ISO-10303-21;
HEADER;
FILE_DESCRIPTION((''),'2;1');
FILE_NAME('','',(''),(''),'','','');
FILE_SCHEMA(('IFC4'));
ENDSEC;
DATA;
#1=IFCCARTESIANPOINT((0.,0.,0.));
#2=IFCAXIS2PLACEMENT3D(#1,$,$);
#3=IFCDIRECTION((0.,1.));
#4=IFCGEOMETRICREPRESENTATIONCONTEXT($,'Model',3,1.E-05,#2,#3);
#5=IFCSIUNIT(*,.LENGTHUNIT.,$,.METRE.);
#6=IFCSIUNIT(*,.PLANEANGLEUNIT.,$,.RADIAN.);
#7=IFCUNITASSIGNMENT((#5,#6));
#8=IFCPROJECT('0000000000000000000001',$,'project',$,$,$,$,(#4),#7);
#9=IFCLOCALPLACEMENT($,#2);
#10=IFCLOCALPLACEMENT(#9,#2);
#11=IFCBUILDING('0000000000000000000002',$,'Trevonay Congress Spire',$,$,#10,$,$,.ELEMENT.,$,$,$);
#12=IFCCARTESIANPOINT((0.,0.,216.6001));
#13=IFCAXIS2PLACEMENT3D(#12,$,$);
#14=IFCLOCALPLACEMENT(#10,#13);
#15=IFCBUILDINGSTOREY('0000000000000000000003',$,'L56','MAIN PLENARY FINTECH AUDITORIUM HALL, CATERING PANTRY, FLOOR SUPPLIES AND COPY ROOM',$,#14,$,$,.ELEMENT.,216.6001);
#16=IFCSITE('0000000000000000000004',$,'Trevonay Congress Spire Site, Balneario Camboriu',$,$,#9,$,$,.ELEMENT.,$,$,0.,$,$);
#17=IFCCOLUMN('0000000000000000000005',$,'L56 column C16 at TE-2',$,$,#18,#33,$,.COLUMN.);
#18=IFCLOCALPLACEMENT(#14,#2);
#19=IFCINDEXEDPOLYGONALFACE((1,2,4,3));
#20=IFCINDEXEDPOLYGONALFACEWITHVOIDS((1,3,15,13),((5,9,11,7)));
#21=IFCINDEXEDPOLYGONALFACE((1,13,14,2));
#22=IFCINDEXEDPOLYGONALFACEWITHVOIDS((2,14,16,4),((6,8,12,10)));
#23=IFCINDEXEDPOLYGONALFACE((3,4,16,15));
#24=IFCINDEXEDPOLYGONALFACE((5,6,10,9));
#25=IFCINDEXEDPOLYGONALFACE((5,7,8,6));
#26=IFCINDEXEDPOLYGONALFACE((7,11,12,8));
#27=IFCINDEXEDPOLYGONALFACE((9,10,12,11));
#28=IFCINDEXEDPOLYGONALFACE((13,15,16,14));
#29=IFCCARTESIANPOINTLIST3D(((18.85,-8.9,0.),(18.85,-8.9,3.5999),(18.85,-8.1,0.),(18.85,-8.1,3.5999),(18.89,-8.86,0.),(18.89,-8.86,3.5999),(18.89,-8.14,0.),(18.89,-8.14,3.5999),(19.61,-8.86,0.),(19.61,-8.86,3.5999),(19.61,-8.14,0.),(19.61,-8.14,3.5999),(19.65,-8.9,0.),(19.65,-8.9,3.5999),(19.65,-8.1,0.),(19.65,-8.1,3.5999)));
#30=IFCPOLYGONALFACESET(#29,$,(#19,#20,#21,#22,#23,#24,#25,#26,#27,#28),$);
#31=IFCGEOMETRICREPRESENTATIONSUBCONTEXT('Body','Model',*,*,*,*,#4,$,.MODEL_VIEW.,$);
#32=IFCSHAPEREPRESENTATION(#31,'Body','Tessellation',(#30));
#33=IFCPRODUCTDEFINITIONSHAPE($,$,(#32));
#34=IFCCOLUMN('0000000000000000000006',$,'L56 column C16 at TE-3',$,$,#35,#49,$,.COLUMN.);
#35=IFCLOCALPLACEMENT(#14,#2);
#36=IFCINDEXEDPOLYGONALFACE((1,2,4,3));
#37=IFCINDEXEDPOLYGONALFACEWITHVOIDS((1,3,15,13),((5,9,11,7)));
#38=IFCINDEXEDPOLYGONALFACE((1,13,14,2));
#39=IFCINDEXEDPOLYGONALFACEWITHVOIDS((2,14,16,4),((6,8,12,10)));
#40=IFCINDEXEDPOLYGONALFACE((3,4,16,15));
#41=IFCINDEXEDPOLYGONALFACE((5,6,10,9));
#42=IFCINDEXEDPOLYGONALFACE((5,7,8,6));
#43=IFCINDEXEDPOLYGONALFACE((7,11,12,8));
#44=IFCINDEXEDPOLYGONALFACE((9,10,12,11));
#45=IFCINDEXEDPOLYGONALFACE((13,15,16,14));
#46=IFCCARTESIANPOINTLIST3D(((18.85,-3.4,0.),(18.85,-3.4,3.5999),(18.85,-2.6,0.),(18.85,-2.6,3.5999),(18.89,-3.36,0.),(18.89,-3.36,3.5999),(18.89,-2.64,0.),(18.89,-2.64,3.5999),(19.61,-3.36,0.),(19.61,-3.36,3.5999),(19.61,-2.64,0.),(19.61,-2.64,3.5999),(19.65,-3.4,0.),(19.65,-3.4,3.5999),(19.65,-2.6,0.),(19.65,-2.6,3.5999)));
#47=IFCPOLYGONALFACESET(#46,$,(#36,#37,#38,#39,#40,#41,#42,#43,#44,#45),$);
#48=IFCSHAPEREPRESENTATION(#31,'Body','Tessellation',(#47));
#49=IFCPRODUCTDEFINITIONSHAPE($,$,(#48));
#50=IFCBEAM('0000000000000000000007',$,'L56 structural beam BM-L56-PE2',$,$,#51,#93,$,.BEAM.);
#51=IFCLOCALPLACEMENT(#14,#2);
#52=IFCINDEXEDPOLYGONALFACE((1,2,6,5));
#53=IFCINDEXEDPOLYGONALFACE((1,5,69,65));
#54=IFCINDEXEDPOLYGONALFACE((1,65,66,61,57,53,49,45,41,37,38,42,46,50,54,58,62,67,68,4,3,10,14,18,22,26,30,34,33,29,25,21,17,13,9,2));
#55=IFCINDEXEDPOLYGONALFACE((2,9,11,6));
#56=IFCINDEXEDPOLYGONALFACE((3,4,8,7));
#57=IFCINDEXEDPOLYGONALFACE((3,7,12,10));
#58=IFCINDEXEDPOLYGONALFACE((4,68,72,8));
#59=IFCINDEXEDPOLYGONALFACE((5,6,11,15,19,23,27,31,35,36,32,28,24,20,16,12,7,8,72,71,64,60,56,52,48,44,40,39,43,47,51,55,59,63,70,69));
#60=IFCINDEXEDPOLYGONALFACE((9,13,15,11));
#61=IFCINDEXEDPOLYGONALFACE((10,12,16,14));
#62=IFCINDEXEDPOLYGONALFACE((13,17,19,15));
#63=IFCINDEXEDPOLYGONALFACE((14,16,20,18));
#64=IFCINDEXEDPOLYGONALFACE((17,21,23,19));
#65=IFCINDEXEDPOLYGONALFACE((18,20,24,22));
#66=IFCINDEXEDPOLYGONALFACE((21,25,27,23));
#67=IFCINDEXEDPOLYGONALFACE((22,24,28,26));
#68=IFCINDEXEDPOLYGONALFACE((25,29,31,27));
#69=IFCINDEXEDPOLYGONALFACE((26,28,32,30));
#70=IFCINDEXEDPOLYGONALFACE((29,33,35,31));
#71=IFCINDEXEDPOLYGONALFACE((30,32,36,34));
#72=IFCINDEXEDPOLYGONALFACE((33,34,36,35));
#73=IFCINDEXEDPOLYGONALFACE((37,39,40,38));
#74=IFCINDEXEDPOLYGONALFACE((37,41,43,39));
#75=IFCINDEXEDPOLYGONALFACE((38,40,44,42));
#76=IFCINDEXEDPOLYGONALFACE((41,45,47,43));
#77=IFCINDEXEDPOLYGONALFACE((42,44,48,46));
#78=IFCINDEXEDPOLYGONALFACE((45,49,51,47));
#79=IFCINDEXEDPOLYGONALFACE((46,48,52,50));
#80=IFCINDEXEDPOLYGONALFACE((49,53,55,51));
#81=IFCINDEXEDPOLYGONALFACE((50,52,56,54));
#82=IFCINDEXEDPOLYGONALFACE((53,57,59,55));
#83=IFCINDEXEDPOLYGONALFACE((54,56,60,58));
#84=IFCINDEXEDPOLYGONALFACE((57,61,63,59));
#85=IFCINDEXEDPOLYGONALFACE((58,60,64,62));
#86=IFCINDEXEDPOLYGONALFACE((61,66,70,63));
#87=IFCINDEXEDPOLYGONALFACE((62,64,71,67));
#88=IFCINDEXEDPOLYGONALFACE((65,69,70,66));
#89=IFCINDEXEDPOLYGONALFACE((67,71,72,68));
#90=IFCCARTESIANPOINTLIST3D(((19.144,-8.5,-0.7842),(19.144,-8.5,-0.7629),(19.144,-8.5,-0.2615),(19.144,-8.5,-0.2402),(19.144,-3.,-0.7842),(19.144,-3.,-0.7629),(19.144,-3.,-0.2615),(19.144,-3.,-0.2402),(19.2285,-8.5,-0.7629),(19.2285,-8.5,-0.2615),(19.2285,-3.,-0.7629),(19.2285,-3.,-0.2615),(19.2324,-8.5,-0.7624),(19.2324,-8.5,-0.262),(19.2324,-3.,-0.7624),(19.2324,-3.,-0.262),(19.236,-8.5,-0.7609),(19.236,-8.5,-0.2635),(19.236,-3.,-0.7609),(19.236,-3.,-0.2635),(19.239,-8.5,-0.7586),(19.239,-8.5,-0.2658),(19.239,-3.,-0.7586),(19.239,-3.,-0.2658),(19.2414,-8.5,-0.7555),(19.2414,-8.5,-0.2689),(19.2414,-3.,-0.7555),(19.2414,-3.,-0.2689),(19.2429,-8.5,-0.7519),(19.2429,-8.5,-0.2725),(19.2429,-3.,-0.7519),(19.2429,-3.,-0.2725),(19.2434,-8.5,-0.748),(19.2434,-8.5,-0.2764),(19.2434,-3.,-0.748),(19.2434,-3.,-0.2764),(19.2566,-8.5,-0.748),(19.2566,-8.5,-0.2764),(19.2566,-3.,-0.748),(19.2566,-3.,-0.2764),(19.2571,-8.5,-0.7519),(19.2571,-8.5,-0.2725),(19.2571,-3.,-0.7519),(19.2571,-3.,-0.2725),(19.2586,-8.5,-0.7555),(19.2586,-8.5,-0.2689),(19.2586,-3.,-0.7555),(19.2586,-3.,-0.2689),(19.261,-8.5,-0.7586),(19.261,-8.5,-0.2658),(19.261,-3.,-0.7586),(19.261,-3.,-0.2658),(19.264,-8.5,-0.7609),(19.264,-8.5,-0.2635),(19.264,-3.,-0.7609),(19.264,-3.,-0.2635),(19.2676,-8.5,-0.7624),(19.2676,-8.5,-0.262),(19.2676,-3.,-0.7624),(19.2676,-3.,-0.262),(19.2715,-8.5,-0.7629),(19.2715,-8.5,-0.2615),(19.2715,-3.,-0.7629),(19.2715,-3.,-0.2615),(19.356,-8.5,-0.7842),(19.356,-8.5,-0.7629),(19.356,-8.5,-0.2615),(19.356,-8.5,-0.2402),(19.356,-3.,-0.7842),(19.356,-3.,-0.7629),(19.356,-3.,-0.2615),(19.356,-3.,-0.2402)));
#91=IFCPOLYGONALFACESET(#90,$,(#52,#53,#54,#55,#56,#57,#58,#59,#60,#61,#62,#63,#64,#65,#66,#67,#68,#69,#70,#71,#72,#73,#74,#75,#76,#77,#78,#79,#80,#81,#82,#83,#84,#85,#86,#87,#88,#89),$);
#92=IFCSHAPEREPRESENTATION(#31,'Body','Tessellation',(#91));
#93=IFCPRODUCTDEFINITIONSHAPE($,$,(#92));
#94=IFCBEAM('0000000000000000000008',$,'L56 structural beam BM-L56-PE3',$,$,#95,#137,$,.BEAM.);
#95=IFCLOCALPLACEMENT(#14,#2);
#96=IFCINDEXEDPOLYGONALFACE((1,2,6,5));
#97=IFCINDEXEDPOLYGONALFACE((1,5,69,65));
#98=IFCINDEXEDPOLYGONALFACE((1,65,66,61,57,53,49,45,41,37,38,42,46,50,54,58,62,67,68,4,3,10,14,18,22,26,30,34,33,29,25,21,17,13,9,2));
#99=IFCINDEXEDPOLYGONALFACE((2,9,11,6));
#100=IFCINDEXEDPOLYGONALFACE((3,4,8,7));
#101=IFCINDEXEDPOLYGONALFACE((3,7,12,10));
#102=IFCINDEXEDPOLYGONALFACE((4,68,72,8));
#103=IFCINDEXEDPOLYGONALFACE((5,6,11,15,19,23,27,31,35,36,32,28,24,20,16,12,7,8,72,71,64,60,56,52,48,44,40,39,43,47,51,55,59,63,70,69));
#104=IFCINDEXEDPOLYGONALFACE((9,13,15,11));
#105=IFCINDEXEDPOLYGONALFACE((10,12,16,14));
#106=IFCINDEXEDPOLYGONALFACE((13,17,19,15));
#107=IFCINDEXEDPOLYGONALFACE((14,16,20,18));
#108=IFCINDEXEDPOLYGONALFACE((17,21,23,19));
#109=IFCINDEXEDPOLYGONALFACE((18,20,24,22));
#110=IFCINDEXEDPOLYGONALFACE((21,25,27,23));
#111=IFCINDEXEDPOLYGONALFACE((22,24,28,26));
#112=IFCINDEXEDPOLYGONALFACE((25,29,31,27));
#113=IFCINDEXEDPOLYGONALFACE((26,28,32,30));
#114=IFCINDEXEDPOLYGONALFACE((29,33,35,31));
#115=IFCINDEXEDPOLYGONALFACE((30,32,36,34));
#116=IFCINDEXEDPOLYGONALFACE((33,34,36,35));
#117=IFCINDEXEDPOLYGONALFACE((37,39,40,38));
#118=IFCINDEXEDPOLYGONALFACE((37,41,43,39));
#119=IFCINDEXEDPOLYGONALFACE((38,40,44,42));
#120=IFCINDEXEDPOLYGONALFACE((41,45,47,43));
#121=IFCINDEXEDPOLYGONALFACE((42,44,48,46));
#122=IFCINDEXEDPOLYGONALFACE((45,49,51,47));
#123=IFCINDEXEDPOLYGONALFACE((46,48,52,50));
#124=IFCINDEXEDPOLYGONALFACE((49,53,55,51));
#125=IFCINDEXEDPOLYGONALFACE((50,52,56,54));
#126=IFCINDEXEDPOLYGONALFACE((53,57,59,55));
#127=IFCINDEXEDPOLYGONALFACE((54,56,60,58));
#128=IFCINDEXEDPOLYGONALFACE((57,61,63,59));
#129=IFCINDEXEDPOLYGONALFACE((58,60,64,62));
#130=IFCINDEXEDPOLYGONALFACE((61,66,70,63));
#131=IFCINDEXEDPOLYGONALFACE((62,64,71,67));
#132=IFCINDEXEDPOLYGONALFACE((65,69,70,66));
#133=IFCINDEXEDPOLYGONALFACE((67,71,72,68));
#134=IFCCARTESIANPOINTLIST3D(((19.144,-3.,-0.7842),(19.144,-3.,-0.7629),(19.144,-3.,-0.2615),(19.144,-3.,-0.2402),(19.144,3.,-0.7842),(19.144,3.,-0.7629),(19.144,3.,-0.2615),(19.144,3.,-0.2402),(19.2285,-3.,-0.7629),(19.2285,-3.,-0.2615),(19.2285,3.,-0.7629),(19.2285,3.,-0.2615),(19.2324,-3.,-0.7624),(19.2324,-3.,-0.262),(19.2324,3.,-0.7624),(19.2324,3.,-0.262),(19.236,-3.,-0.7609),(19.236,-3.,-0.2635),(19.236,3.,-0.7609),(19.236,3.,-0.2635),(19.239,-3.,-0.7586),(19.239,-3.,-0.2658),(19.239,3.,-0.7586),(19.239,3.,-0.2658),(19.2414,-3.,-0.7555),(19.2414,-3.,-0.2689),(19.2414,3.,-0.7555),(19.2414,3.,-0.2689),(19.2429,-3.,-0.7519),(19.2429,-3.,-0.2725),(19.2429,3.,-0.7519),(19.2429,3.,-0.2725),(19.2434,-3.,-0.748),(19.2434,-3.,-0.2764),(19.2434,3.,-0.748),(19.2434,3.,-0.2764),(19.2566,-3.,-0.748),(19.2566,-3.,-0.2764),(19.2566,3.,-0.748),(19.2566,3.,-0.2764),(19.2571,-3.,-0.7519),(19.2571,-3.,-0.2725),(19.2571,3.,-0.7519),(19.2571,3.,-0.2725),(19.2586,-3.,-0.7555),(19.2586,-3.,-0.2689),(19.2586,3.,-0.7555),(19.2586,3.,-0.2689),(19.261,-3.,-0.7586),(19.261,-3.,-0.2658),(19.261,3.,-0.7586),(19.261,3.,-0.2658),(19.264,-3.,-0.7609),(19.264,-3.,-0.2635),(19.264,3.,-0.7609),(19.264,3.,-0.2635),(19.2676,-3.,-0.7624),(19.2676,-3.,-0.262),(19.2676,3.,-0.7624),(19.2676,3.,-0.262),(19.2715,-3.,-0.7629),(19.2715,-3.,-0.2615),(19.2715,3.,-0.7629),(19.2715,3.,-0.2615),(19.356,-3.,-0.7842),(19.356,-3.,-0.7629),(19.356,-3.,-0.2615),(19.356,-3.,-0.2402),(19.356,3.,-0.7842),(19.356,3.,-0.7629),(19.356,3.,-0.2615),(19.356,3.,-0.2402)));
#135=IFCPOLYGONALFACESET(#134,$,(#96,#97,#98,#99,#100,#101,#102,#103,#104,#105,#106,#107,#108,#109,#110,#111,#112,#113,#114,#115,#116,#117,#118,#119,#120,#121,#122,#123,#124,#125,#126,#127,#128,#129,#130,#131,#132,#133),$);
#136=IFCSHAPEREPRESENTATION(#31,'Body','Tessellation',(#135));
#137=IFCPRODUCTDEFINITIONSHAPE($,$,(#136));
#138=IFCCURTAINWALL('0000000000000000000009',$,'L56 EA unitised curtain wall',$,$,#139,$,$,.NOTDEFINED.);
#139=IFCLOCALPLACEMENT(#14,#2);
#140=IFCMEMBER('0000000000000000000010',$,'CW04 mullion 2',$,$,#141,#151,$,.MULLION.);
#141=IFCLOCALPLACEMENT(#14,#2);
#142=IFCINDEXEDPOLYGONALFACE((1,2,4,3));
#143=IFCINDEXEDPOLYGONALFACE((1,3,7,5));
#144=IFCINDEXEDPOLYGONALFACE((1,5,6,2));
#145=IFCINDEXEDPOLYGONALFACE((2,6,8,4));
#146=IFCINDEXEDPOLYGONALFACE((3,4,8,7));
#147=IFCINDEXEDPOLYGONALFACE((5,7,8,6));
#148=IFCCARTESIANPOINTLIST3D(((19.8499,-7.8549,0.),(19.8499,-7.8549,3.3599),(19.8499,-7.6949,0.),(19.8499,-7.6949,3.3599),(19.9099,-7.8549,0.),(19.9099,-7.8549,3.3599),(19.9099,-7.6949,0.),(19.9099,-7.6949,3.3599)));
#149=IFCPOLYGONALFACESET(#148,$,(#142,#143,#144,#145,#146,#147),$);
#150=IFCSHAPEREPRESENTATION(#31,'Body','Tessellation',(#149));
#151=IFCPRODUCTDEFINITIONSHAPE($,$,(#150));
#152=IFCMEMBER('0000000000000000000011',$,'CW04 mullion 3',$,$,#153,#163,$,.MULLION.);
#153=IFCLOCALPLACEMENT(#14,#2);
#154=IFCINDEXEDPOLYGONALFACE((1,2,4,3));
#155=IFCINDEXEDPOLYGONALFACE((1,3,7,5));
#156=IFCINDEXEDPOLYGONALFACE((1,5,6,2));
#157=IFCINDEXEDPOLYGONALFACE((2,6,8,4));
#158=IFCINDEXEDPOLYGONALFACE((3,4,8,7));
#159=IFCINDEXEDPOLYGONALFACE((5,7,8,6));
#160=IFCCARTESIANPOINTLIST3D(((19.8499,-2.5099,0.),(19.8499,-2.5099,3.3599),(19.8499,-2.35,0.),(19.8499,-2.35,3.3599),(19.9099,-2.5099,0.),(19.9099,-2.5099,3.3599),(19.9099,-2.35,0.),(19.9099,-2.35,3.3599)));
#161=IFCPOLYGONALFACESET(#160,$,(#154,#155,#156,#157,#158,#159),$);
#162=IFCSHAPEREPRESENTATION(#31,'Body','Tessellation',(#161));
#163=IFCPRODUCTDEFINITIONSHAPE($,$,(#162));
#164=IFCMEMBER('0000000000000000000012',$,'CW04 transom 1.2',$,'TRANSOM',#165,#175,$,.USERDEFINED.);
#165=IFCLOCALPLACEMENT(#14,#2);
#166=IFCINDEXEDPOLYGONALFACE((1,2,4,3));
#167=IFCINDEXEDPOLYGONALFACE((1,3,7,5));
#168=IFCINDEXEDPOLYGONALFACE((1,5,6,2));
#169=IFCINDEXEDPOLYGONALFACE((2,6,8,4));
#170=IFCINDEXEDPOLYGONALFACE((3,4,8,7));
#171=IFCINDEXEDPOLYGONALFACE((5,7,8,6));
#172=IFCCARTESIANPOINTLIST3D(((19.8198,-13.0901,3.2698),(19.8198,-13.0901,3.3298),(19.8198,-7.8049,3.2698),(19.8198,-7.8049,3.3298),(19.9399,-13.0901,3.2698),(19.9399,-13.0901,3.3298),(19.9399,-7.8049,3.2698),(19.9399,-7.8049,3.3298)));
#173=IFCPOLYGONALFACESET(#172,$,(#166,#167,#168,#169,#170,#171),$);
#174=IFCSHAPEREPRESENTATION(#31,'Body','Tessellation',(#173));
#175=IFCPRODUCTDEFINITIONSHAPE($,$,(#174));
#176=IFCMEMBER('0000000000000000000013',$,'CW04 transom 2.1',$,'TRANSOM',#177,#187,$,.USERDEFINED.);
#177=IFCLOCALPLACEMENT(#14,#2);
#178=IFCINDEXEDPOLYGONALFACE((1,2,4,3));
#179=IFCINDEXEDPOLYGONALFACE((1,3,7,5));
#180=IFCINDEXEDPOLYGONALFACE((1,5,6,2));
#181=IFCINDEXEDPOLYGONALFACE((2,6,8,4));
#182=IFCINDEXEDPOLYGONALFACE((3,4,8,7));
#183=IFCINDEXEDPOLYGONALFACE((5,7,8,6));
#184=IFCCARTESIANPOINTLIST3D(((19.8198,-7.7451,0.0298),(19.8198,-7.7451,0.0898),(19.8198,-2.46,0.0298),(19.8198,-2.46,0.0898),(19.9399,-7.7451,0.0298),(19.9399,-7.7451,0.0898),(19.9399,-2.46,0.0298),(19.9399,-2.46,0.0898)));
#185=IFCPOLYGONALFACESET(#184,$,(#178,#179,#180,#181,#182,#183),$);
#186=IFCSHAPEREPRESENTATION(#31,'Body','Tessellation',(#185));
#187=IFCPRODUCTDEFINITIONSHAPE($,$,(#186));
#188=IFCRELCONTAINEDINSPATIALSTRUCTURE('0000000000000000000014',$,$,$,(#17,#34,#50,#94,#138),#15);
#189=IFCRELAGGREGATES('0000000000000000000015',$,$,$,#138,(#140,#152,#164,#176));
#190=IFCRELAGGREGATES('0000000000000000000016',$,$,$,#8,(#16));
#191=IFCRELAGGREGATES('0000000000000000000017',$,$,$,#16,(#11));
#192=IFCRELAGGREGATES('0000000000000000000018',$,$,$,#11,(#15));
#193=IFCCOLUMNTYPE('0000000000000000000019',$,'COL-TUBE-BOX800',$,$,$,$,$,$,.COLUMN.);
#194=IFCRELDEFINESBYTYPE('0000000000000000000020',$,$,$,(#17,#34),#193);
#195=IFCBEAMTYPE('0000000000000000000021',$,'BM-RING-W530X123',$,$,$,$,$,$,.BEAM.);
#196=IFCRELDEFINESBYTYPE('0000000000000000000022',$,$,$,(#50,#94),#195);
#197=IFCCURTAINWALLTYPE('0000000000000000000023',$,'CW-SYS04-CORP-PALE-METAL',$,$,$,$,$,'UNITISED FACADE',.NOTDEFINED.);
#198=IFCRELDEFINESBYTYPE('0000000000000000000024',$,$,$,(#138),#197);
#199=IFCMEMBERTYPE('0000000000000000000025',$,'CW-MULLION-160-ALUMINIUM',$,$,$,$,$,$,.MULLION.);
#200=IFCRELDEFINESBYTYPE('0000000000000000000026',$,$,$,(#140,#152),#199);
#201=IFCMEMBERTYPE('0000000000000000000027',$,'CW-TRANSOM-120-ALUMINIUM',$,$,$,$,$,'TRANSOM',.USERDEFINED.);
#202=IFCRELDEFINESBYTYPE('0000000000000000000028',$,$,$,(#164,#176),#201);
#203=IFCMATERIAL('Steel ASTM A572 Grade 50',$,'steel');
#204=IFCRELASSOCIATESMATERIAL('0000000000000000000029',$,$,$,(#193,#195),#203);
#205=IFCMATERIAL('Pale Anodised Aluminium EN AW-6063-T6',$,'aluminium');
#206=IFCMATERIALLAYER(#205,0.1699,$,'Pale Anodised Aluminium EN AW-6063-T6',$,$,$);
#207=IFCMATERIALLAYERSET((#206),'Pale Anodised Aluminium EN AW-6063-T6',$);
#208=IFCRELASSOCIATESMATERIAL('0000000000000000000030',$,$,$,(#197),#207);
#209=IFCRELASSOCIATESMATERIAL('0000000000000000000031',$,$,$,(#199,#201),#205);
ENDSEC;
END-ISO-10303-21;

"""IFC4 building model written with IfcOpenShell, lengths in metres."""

from ifc_helpers import new_model, si_unit, direction, frame, origin, origin_2d, place, context, subcontext, project, spatial, rectangle, hollow_rectangle, i_section, extrude, material, layer, layer_set, material_profile, profile_set, type_object, element, aggregate, save


model = new_model("IFC4")

# Units and contexts
model_context = context("Model", 3, precision=1e-05, world=origin(), true_north=direction((0.0, 1.0)))
body_context = subcontext(model_context, "Body", "Model", "MODEL_VIEW")
ifc_project = project(units=[si_unit("LENGTHUNIT", "METRE"), si_unit("PLANEANGLEUNIT", "RADIAN")], contexts=[model_context])

# Site, building, storey
site_placement = place(None, origin())
site = spatial("IfcSite", under=ifc_project, at=site_placement, Name="Trevonay Congress Spire Site, Balneario Camboriu", CompositionType="ELEMENT", RefElevation=0.0)
building_placement = place(site_placement, origin())
building = spatial("IfcBuilding", under=site, at=building_placement, Name="Trevonay Congress Spire", CompositionType="ELEMENT")
storey_placement = place(building_placement, frame((0.0, 0.0, 216.6001)))
storey = spatial("IfcBuildingStorey", under=building, at=storey_placement, Name="L56", Description="MAIN PLENARY FINTECH AUDITORIUM HALL, CATERING PANTRY, FLOOR SUPPLIES AND COPY ROOM", CompositionType="ELEMENT", Elevation=216.6001)

# Columns
ifc_material_1 = material(Name="Steel ASTM A572 Grade 50", Category="steel")
ifc_material_profile_1 = material_profile(ifc_material_1, hollow_rectangle(XDim=0.8, YDim=0.8, WallThickness=0.04, at=origin_2d()), Name="BOX 800x800x40")
ifc_profile_set_1 = profile_set([ifc_material_profile_1], Name="Steel ASTM A572 Grade 50")
column_type = type_object("IfcColumnType", Name="COL-TUBE-BOX800", PredefinedType="COLUMN", material=ifc_profile_set_1)
for number, where, z_axis, x_axis, name in (
    (1, (19.25, -8.5, 0.0), (0.0, 0.0, 1.0), (1.0, 0.0, 0.0), "L56 column C16 at TE-2"),
    (2, (19.25, -3.0, 0.0), (0.0, 0.0, 1.0), (1.0, 0.0, 0.0), "L56 column C16 at TE-3"),
):
    element("IfcColumn", number, at=place(storey_placement, frame(where, z_axis=z_axis, x_axis=x_axis)), inside=storey, type_object=column_type, Name=name, PredefinedType="COLUMN", context=body_context, shape_type="SweptSolid", body=[
        extrude(hollow_rectangle(XDim=0.8, YDim=0.8, WallThickness=0.04, at=origin_2d()), origin(), (0.0, 0.0, 1.0), 3.5999),
    ])

# Beams
ifc_material_profile_2 = material_profile(ifc_material_1, i_section(OverallWidth=0.2119, OverallDepth=0.5439, WebThickness=0.0132, FlangeThickness=0.0212, FilletRadius=0.0149, at=origin_2d()), Name="W530x123")
ifc_profile_set_2 = profile_set([ifc_material_profile_2], Name="Steel ASTM A572 Grade 50")
beam_type = type_object("IfcBeamType", Name="BM-RING-W530X123", PredefinedType="BEAM", material=ifc_profile_set_2)
beam_1_placement = place(storey_placement, frame((19.25, -8.5, -0.5122), z_axis=(0.0, 1.0, 0.0), x_axis=(-1.0, 0.0, 0.0)))
element("IfcBeam", 3, at=beam_1_placement, inside=storey, type_object=beam_type, Name="L56 structural beam BM-L56-PE2", PredefinedType="BEAM", context=body_context, shape_type="SweptSolid", body=[
    extrude(i_section(OverallWidth=0.2119, OverallDepth=0.5439, WebThickness=0.0132, FlangeThickness=0.0212, FilletRadius=0.0149, at=origin_2d()), origin(), (0.0, 0.0, 1.0), 5.5),
])
beam_2_placement = place(storey_placement, frame((19.25, -3.0, -0.5122), z_axis=(0.0, 1.0, 0.0), x_axis=(-1.0, 0.0, 0.0)))
element("IfcBeam", 4, at=beam_2_placement, inside=storey, type_object=beam_type, Name="L56 structural beam BM-L56-PE3", PredefinedType="BEAM", context=body_context, shape_type="SweptSolid", body=[
    extrude(i_section(OverallWidth=0.2119, OverallDepth=0.5439, WebThickness=0.0132, FlangeThickness=0.0212, FilletRadius=0.0149, at=origin_2d()), origin(), (0.0, 0.0, 1.0), 6.0),
])

# Curtain wall, members
ifc_material_2 = material(Name="Pale Anodised Aluminium EN AW-6063-T6", Category="aluminium")
ifc_layer_1 = layer(ifc_material_2, 0.1699, Name="Pale Anodised Aluminium EN AW-6063-T6")
ifc_layer_set_1 = layer_set([ifc_layer_1], Name="Pale Anodised Aluminium EN AW-6063-T6")
curtain_wall_type = type_object("IfcCurtainWallType", Name="CW-SYS04-CORP-PALE-METAL", ElementType="UNITISED FACADE", PredefinedType="NOTDEFINED", material=ifc_layer_set_1)
curtain_wall_placement = place(storey_placement, origin())
curtain_wall = element("IfcCurtainWall", 5, at=curtain_wall_placement, inside=storey, type_object=curtain_wall_type, Name="L56 EA unitised curtain wall", PredefinedType="NOTDEFINED")
ifc_material_profile_3 = material_profile(ifc_material_2, rectangle(XDim=0.0601, YDim=0.1599, at=origin_2d()), Name="CW-MULLION-160-ALUMINIUM")
ifc_profile_set_3 = profile_set([ifc_material_profile_3], Name="Pale Anodised Aluminium EN AW-6063-T6")
member_type_1 = type_object("IfcMemberType", Name="CW-MULLION-160-ALUMINIUM", PredefinedType="MULLION", material=ifc_profile_set_3)
member_1_placement = place(storey_placement, frame((19.8799, -7.7749, 0.0), z_axis=(0.0, 0.0, 1.0), x_axis=(-1.0, 0.0, 0.0)))
member_1 = element("IfcMember", 6, at=member_1_placement, type_object=member_type_1, Name="CW04 mullion 2", PredefinedType="MULLION", context=body_context, shape_type="SweptSolid", body=[
    extrude(rectangle(XDim=0.0601, YDim=0.1599, at=origin_2d()), origin(), (0.0, 0.0, 1.0), 3.3599),
])
member_2_placement = place(storey_placement, frame((19.8799, -2.4299, 0.0), z_axis=(0.0, 0.0, 1.0), x_axis=(-1.0, 0.0, 0.0)))
member_2 = element("IfcMember", 7, at=member_2_placement, type_object=member_type_1, Name="CW04 mullion 3", PredefinedType="MULLION", context=body_context, shape_type="SweptSolid", body=[
    extrude(rectangle(XDim=0.0601, YDim=0.1599, at=origin_2d()), origin(), (0.0, 0.0, 1.0), 3.3599),
])
ifc_material_profile_4 = material_profile(ifc_material_2, rectangle(XDim=0.1201, YDim=0.0601, at=origin_2d()), Name="CW-TRANSOM-120-ALUMINIUM")
ifc_profile_set_4 = profile_set([ifc_material_profile_4], Name="Pale Anodised Aluminium EN AW-6063-T6")
member_type_2 = type_object("IfcMemberType", Name="CW-TRANSOM-120-ALUMINIUM", ElementType="TRANSOM", PredefinedType="USERDEFINED", material=ifc_profile_set_4)
member_3_placement = place(storey_placement, frame((19.8799, -13.0901, 3.2998), z_axis=(0.0, 1.0, 0.0), x_axis=(-1.0, 0.0, 0.0)))
member_3 = element("IfcMember", 8, at=member_3_placement, type_object=member_type_2, Name="CW04 transom 1.2", ObjectType="TRANSOM", PredefinedType="USERDEFINED", context=body_context, shape_type="SweptSolid", body=[
    extrude(rectangle(XDim=0.1201, YDim=0.0601, at=origin_2d()), origin(), (0.0, 0.0, 1.0), 5.2852),
])
member_4_placement = place(storey_placement, frame((19.8799, -7.7451, 0.0598), z_axis=(0.0, 1.0, 0.0), x_axis=(-1.0, 0.0, 0.0)))
member_4 = element("IfcMember", 9, at=member_4_placement, type_object=member_type_2, Name="CW04 transom 2.1", ObjectType="TRANSOM", PredefinedType="USERDEFINED", context=body_context, shape_type="SweptSolid", body=[
    extrude(rectangle(XDim=0.1201, YDim=0.0601, at=origin_2d()), origin(), (0.0, 0.0, 1.0), 5.2852),
])
aggregate(curtain_wall, [member_1, member_2, member_3, member_4])

save(model, "model.ifc")
